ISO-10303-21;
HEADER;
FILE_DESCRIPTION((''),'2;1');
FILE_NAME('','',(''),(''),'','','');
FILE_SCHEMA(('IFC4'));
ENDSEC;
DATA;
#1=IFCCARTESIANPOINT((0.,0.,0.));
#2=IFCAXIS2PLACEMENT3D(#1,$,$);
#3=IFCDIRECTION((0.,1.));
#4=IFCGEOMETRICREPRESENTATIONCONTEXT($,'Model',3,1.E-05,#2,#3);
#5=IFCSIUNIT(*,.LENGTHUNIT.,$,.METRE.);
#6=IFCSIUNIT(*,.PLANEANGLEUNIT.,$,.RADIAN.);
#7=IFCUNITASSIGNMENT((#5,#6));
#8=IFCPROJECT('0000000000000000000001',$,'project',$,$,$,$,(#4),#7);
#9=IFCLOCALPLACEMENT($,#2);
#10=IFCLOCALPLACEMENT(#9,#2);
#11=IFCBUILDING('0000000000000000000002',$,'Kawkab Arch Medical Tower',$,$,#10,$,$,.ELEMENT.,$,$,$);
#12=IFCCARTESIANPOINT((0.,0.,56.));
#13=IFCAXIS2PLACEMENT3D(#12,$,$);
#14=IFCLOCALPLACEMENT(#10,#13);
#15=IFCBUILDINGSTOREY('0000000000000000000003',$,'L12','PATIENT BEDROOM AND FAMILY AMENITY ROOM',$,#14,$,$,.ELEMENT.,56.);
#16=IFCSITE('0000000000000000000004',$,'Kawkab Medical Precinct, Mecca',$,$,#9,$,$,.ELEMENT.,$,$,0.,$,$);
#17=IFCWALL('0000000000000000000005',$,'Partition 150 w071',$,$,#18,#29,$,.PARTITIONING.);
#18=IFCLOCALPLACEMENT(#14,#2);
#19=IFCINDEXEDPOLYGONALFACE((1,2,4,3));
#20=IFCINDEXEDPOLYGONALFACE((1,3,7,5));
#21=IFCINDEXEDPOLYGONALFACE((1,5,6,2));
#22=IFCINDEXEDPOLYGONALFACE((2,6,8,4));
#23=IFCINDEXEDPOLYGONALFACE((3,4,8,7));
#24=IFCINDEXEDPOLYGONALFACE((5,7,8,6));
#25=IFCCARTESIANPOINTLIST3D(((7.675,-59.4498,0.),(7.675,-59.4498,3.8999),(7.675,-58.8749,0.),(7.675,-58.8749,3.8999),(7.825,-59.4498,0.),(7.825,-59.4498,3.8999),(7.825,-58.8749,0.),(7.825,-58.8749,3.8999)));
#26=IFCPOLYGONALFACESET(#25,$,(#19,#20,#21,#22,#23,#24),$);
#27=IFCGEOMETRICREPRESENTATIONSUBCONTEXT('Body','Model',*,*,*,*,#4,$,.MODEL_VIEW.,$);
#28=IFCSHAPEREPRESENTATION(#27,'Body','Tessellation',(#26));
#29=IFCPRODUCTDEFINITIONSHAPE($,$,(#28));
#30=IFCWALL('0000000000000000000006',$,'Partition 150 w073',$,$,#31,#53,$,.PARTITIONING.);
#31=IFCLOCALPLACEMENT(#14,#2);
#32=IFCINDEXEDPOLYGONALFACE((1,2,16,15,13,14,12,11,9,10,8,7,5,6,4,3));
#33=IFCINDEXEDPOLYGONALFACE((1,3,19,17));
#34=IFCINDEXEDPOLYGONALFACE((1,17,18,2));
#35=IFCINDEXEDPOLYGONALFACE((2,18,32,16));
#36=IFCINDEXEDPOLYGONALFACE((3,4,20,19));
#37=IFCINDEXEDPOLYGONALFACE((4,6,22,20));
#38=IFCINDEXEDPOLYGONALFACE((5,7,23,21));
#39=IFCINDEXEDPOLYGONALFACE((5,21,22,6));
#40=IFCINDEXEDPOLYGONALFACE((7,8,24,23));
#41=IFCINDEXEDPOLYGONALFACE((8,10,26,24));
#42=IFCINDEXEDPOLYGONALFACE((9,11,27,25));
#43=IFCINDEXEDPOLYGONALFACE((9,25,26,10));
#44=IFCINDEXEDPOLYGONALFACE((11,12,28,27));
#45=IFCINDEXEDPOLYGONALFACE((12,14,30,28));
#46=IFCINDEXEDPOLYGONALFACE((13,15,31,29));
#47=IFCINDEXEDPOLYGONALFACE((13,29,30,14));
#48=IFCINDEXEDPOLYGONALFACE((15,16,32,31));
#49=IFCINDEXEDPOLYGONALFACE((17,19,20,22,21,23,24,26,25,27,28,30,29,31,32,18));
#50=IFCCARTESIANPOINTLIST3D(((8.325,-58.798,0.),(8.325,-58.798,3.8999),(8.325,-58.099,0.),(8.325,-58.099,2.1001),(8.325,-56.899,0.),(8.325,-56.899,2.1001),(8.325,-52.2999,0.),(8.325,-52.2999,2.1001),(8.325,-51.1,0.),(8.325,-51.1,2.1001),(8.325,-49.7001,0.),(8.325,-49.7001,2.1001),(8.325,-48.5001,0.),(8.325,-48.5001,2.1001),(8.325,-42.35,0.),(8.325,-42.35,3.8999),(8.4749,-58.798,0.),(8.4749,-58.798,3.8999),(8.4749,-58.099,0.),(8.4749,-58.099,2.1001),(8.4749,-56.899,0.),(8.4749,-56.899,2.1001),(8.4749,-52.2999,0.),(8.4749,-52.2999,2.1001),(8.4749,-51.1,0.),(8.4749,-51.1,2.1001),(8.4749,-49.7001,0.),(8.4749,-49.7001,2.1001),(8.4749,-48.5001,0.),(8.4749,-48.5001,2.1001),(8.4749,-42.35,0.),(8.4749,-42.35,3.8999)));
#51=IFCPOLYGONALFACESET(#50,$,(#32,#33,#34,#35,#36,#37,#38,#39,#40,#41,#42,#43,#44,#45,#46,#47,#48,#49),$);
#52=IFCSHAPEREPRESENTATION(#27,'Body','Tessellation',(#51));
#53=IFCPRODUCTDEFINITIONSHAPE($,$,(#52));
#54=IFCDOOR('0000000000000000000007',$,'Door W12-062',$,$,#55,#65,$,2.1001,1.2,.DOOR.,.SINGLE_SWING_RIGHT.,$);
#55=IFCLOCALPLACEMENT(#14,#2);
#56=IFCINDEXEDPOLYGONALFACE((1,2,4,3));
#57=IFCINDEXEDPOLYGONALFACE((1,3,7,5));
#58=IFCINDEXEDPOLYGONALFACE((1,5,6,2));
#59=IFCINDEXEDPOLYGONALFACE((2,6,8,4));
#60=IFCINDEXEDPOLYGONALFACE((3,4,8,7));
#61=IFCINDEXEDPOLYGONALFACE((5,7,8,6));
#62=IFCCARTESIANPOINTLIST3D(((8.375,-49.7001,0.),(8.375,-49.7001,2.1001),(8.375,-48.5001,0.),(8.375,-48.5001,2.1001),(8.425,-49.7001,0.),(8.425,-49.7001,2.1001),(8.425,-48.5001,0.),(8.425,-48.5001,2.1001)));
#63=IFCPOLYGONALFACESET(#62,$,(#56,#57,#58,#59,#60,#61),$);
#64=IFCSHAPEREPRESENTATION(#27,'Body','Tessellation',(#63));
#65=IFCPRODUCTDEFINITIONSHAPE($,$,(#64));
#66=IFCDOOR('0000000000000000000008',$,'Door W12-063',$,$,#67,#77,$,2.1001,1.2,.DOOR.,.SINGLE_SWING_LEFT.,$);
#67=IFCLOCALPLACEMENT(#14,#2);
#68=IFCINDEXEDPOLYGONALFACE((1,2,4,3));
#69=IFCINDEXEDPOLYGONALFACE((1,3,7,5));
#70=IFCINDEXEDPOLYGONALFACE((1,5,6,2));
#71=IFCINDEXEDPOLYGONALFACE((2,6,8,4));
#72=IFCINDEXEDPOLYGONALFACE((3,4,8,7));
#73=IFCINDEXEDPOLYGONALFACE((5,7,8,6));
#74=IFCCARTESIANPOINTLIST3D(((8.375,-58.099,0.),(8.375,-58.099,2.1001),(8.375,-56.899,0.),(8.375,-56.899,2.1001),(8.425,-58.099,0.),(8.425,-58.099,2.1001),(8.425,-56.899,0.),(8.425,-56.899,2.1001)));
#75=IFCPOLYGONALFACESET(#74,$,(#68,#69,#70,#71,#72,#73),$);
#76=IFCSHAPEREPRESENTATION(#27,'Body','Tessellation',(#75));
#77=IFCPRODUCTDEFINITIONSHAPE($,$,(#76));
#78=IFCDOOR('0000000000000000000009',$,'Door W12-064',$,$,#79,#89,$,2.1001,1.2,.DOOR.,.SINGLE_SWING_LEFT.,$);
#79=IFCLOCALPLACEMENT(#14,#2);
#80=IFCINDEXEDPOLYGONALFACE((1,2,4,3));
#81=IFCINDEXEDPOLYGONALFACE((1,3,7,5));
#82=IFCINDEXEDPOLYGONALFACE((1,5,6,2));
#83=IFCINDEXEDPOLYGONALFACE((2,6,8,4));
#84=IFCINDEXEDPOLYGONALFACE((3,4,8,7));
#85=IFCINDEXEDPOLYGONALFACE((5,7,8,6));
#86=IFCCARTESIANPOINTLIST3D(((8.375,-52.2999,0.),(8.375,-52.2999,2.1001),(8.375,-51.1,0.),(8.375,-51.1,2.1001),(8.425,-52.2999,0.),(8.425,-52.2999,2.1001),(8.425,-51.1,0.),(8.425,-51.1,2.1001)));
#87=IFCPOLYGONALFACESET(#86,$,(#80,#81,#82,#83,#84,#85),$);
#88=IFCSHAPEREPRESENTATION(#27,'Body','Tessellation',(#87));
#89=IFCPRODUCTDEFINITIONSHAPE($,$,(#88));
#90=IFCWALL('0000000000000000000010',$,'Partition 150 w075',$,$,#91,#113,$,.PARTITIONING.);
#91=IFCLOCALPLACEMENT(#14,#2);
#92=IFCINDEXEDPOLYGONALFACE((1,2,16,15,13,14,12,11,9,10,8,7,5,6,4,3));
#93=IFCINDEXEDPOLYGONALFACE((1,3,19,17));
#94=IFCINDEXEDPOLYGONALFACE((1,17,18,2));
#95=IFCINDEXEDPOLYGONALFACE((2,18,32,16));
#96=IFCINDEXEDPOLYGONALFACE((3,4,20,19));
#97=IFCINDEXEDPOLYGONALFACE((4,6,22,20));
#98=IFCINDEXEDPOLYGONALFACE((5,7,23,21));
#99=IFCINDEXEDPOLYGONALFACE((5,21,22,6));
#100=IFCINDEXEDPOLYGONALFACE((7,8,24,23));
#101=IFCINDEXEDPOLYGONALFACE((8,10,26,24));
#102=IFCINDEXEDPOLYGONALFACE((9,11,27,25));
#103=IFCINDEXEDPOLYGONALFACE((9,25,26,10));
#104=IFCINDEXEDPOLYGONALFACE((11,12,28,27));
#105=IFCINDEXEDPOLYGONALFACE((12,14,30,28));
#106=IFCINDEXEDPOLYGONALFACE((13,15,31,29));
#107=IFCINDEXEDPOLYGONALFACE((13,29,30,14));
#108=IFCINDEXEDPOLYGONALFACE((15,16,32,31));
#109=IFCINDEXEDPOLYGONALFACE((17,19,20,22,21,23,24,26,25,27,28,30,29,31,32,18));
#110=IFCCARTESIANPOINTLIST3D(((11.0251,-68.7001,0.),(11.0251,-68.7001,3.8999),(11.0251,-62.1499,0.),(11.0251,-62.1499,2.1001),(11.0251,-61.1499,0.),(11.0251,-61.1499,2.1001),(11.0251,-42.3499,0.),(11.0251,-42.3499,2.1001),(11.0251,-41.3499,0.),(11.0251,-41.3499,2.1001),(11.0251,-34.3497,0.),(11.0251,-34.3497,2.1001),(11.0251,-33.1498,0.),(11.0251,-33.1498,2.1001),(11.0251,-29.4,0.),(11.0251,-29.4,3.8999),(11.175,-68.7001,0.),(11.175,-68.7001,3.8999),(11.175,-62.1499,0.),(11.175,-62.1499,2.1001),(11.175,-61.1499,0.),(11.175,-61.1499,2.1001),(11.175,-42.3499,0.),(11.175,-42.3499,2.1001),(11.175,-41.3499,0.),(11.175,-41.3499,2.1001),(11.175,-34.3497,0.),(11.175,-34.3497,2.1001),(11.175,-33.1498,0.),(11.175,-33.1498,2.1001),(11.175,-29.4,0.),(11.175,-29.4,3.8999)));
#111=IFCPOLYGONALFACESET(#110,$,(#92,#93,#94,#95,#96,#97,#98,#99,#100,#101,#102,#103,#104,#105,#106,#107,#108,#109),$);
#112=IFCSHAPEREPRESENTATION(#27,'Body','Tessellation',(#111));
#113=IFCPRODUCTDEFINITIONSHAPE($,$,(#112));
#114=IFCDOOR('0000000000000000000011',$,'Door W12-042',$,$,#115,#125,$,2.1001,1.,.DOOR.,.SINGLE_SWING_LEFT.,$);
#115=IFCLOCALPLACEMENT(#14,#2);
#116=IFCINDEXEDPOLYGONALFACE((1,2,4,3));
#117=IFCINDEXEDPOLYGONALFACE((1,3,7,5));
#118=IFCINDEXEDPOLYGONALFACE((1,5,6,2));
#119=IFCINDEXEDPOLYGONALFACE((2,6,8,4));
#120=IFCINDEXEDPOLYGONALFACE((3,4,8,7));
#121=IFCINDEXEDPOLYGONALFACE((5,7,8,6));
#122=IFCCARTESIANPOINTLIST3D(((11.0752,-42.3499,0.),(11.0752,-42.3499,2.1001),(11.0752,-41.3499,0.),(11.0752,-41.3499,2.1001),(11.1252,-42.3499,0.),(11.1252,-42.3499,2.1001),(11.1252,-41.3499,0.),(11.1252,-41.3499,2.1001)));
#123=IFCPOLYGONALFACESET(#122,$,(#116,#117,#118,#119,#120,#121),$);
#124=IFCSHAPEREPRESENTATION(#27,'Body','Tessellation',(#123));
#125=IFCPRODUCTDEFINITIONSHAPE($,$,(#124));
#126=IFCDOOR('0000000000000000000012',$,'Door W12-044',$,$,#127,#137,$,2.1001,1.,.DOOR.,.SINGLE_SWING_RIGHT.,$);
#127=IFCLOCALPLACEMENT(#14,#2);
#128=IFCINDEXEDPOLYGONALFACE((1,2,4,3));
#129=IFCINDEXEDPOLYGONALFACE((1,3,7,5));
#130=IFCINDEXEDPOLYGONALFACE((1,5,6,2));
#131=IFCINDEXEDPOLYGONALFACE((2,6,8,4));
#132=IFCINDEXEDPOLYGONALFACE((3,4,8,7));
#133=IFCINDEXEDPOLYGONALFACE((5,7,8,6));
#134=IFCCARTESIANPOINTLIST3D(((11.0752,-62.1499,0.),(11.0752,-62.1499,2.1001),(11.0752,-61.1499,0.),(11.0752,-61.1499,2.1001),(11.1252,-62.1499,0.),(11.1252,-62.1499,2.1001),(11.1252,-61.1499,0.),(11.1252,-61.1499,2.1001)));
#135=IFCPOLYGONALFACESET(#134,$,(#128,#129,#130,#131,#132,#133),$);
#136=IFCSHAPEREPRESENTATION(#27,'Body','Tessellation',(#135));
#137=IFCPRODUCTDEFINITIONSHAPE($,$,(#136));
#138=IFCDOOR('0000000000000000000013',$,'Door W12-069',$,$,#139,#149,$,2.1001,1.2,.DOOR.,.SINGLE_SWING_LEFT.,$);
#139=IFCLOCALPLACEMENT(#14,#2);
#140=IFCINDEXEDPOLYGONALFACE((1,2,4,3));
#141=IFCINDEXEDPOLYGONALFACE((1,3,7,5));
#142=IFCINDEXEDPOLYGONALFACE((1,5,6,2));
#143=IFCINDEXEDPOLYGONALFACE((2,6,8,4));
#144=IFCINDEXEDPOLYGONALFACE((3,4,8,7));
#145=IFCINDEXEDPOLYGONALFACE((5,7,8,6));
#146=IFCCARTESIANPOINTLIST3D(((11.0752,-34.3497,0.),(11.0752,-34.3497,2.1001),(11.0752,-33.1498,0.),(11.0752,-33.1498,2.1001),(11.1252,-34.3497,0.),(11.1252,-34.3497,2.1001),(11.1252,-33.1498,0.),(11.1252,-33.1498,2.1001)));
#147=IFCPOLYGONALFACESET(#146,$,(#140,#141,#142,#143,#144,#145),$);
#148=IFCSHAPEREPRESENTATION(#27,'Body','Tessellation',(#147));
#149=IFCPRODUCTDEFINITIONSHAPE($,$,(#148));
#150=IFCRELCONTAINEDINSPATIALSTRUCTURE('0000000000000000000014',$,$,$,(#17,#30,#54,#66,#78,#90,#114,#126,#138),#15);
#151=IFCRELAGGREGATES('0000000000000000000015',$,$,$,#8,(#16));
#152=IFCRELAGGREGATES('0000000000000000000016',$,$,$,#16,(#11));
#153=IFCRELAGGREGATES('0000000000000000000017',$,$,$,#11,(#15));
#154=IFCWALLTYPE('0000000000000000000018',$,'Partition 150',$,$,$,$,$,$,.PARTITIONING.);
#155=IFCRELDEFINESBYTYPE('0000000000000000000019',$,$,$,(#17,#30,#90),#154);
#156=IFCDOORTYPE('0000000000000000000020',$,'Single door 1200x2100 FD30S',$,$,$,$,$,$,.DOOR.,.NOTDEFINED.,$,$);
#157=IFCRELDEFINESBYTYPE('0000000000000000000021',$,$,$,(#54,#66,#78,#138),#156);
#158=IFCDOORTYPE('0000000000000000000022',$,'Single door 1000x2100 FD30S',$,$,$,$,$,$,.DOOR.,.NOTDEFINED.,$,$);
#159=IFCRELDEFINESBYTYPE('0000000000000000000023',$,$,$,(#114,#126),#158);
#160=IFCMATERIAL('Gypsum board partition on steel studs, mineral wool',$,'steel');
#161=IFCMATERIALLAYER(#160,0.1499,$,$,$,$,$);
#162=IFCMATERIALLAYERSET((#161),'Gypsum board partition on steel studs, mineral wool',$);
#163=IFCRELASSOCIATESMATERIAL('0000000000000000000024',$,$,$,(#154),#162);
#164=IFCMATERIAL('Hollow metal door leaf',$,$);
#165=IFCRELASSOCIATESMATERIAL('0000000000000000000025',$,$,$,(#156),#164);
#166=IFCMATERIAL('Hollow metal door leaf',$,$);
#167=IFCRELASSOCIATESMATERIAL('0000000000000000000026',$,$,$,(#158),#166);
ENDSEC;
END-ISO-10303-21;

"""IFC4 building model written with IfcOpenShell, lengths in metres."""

from ifc_helpers import new_model, si_unit, direction, frame, frame_2d, origin, place, context, subcontext, project, spatial, rectangle, extrude, material, layer, layer_set, type_object, element, fill, save


model = new_model("IFC4")

# Units and contexts
model_context = context("Model", 3, precision=1e-05, world=origin(), true_north=direction((0.0, 1.0)))
body_context = subcontext(model_context, "Body", "Model", "MODEL_VIEW")
ifc_project = project(units=[si_unit("LENGTHUNIT", "METRE"), si_unit("PLANEANGLEUNIT", "RADIAN")], contexts=[model_context])

# Site, building, storey
site_placement = place(None, origin())
site = spatial("IfcSite", under=ifc_project, at=site_placement, Name="Kawkab Medical Precinct, Mecca", CompositionType="ELEMENT", RefElevation=0.0)
building_placement = place(site_placement, origin())
building = spatial("IfcBuilding", under=site, at=building_placement, Name="Kawkab Arch Medical Tower", CompositionType="ELEMENT")
storey_placement = place(building_placement, frame((0.0, 0.0, 56.0)))
storey = spatial("IfcBuildingStorey", under=building, at=storey_placement, Name="L12", Description="PATIENT BEDROOM AND FAMILY AMENITY ROOM", CompositionType="ELEMENT", Elevation=56.0)

# Wall
ifc_material_1 = material(Name="Gypsum board partition on steel studs, mineral wool", Category="steel")
ifc_layer_1 = layer(ifc_material_1, 0.1499)
ifc_layer_set_1 = layer_set([ifc_layer_1], Name="Gypsum board partition on steel studs, mineral wool")
wall_type_1 = type_object("IfcWallType", Name="Partition 150", PredefinedType="PARTITIONING", material=ifc_layer_set_1)
wall_1_placement = place(storey_placement, frame((7.75, -59.45, 0.0), z_axis=(0.0, 0.0, 1.0), x_axis=(0.0, 1.0, 0.0)))
element("IfcWall", 1, at=wall_1_placement, inside=storey, type_object=wall_type_1, Name="Partition 150 w071", PredefinedType="PARTITIONING", context=body_context, shape_type="SweptSolid", body=[
    extrude(rectangle(XDim=0.575, YDim=0.1499, at=frame_2d((0.2876, 0.0))), origin(), (0.0, 0.0, 1.0), 3.8999),
])

# Walls, openings, doors
wall_2_placement = place(storey_placement, frame((8.3999, -58.7981, 0.0), z_axis=(0.0, 0.0, 1.0), x_axis=(0.0, 1.0, 0.0)))
wall_2 = element("IfcWall", 2, at=wall_2_placement, inside=storey, type_object=wall_type_1, Name="Partition 150 w073", PredefinedType="PARTITIONING", context=body_context, shape_type="SweptSolid", body=[
    extrude(rectangle(XDim=16.448, YDim=0.1499, at=frame_2d((8.2241, 0.0))), origin(), (0.0, 0.0, 1.0), 3.8999),
])
opening_1_placement = place(wall_2_placement, frame((9.0979, 0.0, 0.0)))
opening_1 = element("IfcOpeningElement", 3, at=opening_1_placement, cuts=wall_2, PredefinedType="OPENING", context=body_context, shape_type="SweptSolid", body=[
    extrude(rectangle(XDim=1.2, YDim=2.1001, at=frame_2d((0.6001, 1.05))), frame((0.0, 0.085, 0.0), z_axis=(0.0, -1.0, 0.0), x_axis=(1.0, 0.0, 0.0)), (0.0, 0.0, 1.0), 0.1699),
])
opening_2_placement = place(wall_2_placement, frame((0.699, 0.0, 0.0)))
opening_2 = element("IfcOpeningElement", 4, at=opening_2_placement, cuts=wall_2, PredefinedType="OPENING", context=body_context, shape_type="SweptSolid", body=[
    extrude(rectangle(XDim=1.2, YDim=2.1001, at=frame_2d((0.6001, 1.05))), frame((0.0, 0.085, 0.0), z_axis=(0.0, -1.0, 0.0), x_axis=(1.0, 0.0, 0.0)), (0.0, 0.0, 1.0), 0.1699),
])
opening_3_placement = place(wall_2_placement, frame((6.498, 0.0, 0.0)))
opening_3 = element("IfcOpeningElement", 5, at=opening_3_placement, cuts=wall_2, PredefinedType="OPENING", context=body_context, shape_type="SweptSolid", body=[
    extrude(rectangle(XDim=1.2, YDim=2.1001, at=frame_2d((0.6001, 1.05))), frame((0.0, 0.085, 0.0), z_axis=(0.0, -1.0, 0.0), x_axis=(1.0, 0.0, 0.0)), (0.0, 0.0, 1.0), 0.1699),
])
ifc_material_2 = material(Name="Hollow metal door leaf")
door_type_1 = type_object("IfcDoorType", Name="Single door 1200x2100 FD30S", OperationType="NOTDEFINED", PredefinedType="DOOR", material=ifc_material_2)
door_1_placement = place(opening_1_placement, origin())
door_1 = element("IfcDoor", 6, at=door_1_placement, inside=storey, type_object=door_type_1, Name="Door W12-062", OperationType="SINGLE_SWING_RIGHT", OverallHeight=2.1001, OverallWidth=1.2, PredefinedType="DOOR", context=body_context, shape_type="SweptSolid", body=[
    extrude(rectangle(XDim=1.2, YDim=2.1001, at=frame_2d((0.6001, 1.05))), frame((0.0, 0.0249, 0.0), z_axis=(0.0, -1.0, 0.0), x_axis=(1.0, 0.0, 0.0)), (0.0, 0.0, 1.0), 0.05),
])
fill(opening_1, door_1)
door_2_placement = place(opening_2_placement, origin())
door_2 = element("IfcDoor", 7, at=door_2_placement, inside=storey, type_object=door_type_1, Name="Door W12-063", OperationType="SINGLE_SWING_LEFT", OverallHeight=2.1001, OverallWidth=1.2, PredefinedType="DOOR", context=body_context, shape_type="SweptSolid", body=[
    extrude(rectangle(XDim=1.2, YDim=2.1001, at=frame_2d((0.6001, 1.05))), frame((0.0, 0.0249, 0.0), z_axis=(0.0, -1.0, 0.0), x_axis=(1.0, 0.0, 0.0)), (0.0, 0.0, 1.0), 0.05),
])
fill(opening_2, door_2)
door_3_placement = place(opening_3_placement, origin())
door_3 = element("IfcDoor", 8, at=door_3_placement, inside=storey, type_object=door_type_1, Name="Door W12-064", OperationType="SINGLE_SWING_LEFT", OverallHeight=2.1001, OverallWidth=1.2, PredefinedType="DOOR", context=body_context, shape_type="SweptSolid", body=[
    extrude(rectangle(XDim=1.2, YDim=2.1001, at=frame_2d((0.6001, 1.05))), frame((0.0, 0.0249, 0.0), z_axis=(0.0, -1.0, 0.0), x_axis=(1.0, 0.0, 0.0)), (0.0, 0.0, 1.0), 0.05),
])
fill(opening_3, door_3)
wall_3_placement = place(storey_placement, frame((11.1001, -68.7, 0.0), z_axis=(0.0, 0.0, 1.0), x_axis=(0.0, 1.0, 0.0)))
wall_3 = element("IfcWall", 9, at=wall_3_placement, inside=storey, type_object=wall_type_1, Name="Partition 150 w075", PredefinedType="PARTITIONING", context=body_context, shape_type="SweptSolid", body=[
    extrude(rectangle(XDim=39.3, YDim=0.1499, at=frame_2d((19.6499, 0.0))), origin(), (0.0, 0.0, 1.0), 3.8999),
])
opening_4_placement = place(wall_3_placement, frame((34.3501, 0.0, 0.0)))
opening_4 = element("IfcOpeningElement", 10, at=opening_4_placement, cuts=wall_3, PredefinedType="OPENING", context=body_context, shape_type="SweptSolid", body=[
    extrude(rectangle(XDim=1.2, YDim=2.1001, at=frame_2d((0.6001, 1.05))), frame((0.0, 0.085, 0.0), z_axis=(0.0, -1.0, 0.0), x_axis=(1.0, 0.0, 0.0)), (0.0, 0.0, 1.0), 0.1699),
])
opening_5_placement = place(wall_3_placement, frame((26.3501, 0.0, 0.0)))
opening_5 = element("IfcOpeningElement", 11, at=opening_5_placement, cuts=wall_3, PredefinedType="OPENING", context=body_context, shape_type="SweptSolid", body=[
    extrude(rectangle(XDim=1.0, YDim=2.1001, at=frame_2d((0.5, 1.05))), frame((0.0, 0.085, 0.0), z_axis=(0.0, -1.0, 0.0), x_axis=(1.0, 0.0, 0.0)), (0.0, 0.0, 1.0), 0.1699),
])
opening_6_placement = place(wall_3_placement, frame((6.55, 0.0, 0.0)))
opening_6 = element("IfcOpeningElement", 12, at=opening_6_placement, cuts=wall_3, PredefinedType="OPENING", context=body_context, shape_type="SweptSolid", body=[
    extrude(rectangle(XDim=1.0, YDim=2.1001, at=frame_2d((0.5, 1.05))), frame((0.0, 0.085, 0.0), z_axis=(0.0, -1.0, 0.0), x_axis=(1.0, 0.0, 0.0)), (0.0, 0.0, 1.0), 0.1699),
])
ifc_material_3 = material(Name="Hollow metal door leaf")
door_type_2 = type_object("IfcDoorType", Name="Single door 1000x2100 FD30S", OperationType="NOTDEFINED", PredefinedType="DOOR", material=ifc_material_3)
door_4_placement = place(opening_5_placement, origin())
door_4 = element("IfcDoor", 13, at=door_4_placement, inside=storey, type_object=door_type_2, Name="Door W12-042", OperationType="SINGLE_SWING_LEFT", OverallHeight=2.1001, OverallWidth=1.0, PredefinedType="DOOR", context=body_context, shape_type="SweptSolid", body=[
    extrude(rectangle(XDim=1.0, YDim=2.1001, at=frame_2d((0.5, 1.05))), frame((0.0, 0.0249, 0.0), z_axis=(0.0, -1.0, 0.0), x_axis=(1.0, 0.0, 0.0)), (0.0, 0.0, 1.0), 0.05),
])
fill(opening_5, door_4)
door_5_placement = place(opening_6_placement, origin())
door_5 = element("IfcDoor", 14, at=door_5_placement, inside=storey, type_object=door_type_2, Name="Door W12-044", OperationType="SINGLE_SWING_RIGHT", OverallHeight=2.1001, OverallWidth=1.0, PredefinedType="DOOR", context=body_context, shape_type="SweptSolid", body=[
    extrude(rectangle(XDim=1.0, YDim=2.1001, at=frame_2d((0.5, 1.05))), frame((0.0, 0.0249, 0.0), z_axis=(0.0, -1.0, 0.0), x_axis=(1.0, 0.0, 0.0)), (0.0, 0.0, 1.0), 0.05),
])
fill(opening_6, door_5)
door_6_placement = place(opening_4_placement, origin())
door_6 = element("IfcDoor", 15, at=door_6_placement, inside=storey, type_object=door_type_1, Name="Door W12-069", OperationType="SINGLE_SWING_LEFT", OverallHeight=2.1001, OverallWidth=1.2, PredefinedType="DOOR", context=body_context, shape_type="SweptSolid", body=[
    extrude(rectangle(XDim=1.2, YDim=2.1001, at=frame_2d((0.6001, 1.05))), frame((0.0, 0.0249, 0.0), z_axis=(0.0, -1.0, 0.0), x_axis=(1.0, 0.0, 0.0)), (0.0, 0.0, 1.0), 0.05),
])
fill(opening_4, door_6)

save(model, "model.ifc")
